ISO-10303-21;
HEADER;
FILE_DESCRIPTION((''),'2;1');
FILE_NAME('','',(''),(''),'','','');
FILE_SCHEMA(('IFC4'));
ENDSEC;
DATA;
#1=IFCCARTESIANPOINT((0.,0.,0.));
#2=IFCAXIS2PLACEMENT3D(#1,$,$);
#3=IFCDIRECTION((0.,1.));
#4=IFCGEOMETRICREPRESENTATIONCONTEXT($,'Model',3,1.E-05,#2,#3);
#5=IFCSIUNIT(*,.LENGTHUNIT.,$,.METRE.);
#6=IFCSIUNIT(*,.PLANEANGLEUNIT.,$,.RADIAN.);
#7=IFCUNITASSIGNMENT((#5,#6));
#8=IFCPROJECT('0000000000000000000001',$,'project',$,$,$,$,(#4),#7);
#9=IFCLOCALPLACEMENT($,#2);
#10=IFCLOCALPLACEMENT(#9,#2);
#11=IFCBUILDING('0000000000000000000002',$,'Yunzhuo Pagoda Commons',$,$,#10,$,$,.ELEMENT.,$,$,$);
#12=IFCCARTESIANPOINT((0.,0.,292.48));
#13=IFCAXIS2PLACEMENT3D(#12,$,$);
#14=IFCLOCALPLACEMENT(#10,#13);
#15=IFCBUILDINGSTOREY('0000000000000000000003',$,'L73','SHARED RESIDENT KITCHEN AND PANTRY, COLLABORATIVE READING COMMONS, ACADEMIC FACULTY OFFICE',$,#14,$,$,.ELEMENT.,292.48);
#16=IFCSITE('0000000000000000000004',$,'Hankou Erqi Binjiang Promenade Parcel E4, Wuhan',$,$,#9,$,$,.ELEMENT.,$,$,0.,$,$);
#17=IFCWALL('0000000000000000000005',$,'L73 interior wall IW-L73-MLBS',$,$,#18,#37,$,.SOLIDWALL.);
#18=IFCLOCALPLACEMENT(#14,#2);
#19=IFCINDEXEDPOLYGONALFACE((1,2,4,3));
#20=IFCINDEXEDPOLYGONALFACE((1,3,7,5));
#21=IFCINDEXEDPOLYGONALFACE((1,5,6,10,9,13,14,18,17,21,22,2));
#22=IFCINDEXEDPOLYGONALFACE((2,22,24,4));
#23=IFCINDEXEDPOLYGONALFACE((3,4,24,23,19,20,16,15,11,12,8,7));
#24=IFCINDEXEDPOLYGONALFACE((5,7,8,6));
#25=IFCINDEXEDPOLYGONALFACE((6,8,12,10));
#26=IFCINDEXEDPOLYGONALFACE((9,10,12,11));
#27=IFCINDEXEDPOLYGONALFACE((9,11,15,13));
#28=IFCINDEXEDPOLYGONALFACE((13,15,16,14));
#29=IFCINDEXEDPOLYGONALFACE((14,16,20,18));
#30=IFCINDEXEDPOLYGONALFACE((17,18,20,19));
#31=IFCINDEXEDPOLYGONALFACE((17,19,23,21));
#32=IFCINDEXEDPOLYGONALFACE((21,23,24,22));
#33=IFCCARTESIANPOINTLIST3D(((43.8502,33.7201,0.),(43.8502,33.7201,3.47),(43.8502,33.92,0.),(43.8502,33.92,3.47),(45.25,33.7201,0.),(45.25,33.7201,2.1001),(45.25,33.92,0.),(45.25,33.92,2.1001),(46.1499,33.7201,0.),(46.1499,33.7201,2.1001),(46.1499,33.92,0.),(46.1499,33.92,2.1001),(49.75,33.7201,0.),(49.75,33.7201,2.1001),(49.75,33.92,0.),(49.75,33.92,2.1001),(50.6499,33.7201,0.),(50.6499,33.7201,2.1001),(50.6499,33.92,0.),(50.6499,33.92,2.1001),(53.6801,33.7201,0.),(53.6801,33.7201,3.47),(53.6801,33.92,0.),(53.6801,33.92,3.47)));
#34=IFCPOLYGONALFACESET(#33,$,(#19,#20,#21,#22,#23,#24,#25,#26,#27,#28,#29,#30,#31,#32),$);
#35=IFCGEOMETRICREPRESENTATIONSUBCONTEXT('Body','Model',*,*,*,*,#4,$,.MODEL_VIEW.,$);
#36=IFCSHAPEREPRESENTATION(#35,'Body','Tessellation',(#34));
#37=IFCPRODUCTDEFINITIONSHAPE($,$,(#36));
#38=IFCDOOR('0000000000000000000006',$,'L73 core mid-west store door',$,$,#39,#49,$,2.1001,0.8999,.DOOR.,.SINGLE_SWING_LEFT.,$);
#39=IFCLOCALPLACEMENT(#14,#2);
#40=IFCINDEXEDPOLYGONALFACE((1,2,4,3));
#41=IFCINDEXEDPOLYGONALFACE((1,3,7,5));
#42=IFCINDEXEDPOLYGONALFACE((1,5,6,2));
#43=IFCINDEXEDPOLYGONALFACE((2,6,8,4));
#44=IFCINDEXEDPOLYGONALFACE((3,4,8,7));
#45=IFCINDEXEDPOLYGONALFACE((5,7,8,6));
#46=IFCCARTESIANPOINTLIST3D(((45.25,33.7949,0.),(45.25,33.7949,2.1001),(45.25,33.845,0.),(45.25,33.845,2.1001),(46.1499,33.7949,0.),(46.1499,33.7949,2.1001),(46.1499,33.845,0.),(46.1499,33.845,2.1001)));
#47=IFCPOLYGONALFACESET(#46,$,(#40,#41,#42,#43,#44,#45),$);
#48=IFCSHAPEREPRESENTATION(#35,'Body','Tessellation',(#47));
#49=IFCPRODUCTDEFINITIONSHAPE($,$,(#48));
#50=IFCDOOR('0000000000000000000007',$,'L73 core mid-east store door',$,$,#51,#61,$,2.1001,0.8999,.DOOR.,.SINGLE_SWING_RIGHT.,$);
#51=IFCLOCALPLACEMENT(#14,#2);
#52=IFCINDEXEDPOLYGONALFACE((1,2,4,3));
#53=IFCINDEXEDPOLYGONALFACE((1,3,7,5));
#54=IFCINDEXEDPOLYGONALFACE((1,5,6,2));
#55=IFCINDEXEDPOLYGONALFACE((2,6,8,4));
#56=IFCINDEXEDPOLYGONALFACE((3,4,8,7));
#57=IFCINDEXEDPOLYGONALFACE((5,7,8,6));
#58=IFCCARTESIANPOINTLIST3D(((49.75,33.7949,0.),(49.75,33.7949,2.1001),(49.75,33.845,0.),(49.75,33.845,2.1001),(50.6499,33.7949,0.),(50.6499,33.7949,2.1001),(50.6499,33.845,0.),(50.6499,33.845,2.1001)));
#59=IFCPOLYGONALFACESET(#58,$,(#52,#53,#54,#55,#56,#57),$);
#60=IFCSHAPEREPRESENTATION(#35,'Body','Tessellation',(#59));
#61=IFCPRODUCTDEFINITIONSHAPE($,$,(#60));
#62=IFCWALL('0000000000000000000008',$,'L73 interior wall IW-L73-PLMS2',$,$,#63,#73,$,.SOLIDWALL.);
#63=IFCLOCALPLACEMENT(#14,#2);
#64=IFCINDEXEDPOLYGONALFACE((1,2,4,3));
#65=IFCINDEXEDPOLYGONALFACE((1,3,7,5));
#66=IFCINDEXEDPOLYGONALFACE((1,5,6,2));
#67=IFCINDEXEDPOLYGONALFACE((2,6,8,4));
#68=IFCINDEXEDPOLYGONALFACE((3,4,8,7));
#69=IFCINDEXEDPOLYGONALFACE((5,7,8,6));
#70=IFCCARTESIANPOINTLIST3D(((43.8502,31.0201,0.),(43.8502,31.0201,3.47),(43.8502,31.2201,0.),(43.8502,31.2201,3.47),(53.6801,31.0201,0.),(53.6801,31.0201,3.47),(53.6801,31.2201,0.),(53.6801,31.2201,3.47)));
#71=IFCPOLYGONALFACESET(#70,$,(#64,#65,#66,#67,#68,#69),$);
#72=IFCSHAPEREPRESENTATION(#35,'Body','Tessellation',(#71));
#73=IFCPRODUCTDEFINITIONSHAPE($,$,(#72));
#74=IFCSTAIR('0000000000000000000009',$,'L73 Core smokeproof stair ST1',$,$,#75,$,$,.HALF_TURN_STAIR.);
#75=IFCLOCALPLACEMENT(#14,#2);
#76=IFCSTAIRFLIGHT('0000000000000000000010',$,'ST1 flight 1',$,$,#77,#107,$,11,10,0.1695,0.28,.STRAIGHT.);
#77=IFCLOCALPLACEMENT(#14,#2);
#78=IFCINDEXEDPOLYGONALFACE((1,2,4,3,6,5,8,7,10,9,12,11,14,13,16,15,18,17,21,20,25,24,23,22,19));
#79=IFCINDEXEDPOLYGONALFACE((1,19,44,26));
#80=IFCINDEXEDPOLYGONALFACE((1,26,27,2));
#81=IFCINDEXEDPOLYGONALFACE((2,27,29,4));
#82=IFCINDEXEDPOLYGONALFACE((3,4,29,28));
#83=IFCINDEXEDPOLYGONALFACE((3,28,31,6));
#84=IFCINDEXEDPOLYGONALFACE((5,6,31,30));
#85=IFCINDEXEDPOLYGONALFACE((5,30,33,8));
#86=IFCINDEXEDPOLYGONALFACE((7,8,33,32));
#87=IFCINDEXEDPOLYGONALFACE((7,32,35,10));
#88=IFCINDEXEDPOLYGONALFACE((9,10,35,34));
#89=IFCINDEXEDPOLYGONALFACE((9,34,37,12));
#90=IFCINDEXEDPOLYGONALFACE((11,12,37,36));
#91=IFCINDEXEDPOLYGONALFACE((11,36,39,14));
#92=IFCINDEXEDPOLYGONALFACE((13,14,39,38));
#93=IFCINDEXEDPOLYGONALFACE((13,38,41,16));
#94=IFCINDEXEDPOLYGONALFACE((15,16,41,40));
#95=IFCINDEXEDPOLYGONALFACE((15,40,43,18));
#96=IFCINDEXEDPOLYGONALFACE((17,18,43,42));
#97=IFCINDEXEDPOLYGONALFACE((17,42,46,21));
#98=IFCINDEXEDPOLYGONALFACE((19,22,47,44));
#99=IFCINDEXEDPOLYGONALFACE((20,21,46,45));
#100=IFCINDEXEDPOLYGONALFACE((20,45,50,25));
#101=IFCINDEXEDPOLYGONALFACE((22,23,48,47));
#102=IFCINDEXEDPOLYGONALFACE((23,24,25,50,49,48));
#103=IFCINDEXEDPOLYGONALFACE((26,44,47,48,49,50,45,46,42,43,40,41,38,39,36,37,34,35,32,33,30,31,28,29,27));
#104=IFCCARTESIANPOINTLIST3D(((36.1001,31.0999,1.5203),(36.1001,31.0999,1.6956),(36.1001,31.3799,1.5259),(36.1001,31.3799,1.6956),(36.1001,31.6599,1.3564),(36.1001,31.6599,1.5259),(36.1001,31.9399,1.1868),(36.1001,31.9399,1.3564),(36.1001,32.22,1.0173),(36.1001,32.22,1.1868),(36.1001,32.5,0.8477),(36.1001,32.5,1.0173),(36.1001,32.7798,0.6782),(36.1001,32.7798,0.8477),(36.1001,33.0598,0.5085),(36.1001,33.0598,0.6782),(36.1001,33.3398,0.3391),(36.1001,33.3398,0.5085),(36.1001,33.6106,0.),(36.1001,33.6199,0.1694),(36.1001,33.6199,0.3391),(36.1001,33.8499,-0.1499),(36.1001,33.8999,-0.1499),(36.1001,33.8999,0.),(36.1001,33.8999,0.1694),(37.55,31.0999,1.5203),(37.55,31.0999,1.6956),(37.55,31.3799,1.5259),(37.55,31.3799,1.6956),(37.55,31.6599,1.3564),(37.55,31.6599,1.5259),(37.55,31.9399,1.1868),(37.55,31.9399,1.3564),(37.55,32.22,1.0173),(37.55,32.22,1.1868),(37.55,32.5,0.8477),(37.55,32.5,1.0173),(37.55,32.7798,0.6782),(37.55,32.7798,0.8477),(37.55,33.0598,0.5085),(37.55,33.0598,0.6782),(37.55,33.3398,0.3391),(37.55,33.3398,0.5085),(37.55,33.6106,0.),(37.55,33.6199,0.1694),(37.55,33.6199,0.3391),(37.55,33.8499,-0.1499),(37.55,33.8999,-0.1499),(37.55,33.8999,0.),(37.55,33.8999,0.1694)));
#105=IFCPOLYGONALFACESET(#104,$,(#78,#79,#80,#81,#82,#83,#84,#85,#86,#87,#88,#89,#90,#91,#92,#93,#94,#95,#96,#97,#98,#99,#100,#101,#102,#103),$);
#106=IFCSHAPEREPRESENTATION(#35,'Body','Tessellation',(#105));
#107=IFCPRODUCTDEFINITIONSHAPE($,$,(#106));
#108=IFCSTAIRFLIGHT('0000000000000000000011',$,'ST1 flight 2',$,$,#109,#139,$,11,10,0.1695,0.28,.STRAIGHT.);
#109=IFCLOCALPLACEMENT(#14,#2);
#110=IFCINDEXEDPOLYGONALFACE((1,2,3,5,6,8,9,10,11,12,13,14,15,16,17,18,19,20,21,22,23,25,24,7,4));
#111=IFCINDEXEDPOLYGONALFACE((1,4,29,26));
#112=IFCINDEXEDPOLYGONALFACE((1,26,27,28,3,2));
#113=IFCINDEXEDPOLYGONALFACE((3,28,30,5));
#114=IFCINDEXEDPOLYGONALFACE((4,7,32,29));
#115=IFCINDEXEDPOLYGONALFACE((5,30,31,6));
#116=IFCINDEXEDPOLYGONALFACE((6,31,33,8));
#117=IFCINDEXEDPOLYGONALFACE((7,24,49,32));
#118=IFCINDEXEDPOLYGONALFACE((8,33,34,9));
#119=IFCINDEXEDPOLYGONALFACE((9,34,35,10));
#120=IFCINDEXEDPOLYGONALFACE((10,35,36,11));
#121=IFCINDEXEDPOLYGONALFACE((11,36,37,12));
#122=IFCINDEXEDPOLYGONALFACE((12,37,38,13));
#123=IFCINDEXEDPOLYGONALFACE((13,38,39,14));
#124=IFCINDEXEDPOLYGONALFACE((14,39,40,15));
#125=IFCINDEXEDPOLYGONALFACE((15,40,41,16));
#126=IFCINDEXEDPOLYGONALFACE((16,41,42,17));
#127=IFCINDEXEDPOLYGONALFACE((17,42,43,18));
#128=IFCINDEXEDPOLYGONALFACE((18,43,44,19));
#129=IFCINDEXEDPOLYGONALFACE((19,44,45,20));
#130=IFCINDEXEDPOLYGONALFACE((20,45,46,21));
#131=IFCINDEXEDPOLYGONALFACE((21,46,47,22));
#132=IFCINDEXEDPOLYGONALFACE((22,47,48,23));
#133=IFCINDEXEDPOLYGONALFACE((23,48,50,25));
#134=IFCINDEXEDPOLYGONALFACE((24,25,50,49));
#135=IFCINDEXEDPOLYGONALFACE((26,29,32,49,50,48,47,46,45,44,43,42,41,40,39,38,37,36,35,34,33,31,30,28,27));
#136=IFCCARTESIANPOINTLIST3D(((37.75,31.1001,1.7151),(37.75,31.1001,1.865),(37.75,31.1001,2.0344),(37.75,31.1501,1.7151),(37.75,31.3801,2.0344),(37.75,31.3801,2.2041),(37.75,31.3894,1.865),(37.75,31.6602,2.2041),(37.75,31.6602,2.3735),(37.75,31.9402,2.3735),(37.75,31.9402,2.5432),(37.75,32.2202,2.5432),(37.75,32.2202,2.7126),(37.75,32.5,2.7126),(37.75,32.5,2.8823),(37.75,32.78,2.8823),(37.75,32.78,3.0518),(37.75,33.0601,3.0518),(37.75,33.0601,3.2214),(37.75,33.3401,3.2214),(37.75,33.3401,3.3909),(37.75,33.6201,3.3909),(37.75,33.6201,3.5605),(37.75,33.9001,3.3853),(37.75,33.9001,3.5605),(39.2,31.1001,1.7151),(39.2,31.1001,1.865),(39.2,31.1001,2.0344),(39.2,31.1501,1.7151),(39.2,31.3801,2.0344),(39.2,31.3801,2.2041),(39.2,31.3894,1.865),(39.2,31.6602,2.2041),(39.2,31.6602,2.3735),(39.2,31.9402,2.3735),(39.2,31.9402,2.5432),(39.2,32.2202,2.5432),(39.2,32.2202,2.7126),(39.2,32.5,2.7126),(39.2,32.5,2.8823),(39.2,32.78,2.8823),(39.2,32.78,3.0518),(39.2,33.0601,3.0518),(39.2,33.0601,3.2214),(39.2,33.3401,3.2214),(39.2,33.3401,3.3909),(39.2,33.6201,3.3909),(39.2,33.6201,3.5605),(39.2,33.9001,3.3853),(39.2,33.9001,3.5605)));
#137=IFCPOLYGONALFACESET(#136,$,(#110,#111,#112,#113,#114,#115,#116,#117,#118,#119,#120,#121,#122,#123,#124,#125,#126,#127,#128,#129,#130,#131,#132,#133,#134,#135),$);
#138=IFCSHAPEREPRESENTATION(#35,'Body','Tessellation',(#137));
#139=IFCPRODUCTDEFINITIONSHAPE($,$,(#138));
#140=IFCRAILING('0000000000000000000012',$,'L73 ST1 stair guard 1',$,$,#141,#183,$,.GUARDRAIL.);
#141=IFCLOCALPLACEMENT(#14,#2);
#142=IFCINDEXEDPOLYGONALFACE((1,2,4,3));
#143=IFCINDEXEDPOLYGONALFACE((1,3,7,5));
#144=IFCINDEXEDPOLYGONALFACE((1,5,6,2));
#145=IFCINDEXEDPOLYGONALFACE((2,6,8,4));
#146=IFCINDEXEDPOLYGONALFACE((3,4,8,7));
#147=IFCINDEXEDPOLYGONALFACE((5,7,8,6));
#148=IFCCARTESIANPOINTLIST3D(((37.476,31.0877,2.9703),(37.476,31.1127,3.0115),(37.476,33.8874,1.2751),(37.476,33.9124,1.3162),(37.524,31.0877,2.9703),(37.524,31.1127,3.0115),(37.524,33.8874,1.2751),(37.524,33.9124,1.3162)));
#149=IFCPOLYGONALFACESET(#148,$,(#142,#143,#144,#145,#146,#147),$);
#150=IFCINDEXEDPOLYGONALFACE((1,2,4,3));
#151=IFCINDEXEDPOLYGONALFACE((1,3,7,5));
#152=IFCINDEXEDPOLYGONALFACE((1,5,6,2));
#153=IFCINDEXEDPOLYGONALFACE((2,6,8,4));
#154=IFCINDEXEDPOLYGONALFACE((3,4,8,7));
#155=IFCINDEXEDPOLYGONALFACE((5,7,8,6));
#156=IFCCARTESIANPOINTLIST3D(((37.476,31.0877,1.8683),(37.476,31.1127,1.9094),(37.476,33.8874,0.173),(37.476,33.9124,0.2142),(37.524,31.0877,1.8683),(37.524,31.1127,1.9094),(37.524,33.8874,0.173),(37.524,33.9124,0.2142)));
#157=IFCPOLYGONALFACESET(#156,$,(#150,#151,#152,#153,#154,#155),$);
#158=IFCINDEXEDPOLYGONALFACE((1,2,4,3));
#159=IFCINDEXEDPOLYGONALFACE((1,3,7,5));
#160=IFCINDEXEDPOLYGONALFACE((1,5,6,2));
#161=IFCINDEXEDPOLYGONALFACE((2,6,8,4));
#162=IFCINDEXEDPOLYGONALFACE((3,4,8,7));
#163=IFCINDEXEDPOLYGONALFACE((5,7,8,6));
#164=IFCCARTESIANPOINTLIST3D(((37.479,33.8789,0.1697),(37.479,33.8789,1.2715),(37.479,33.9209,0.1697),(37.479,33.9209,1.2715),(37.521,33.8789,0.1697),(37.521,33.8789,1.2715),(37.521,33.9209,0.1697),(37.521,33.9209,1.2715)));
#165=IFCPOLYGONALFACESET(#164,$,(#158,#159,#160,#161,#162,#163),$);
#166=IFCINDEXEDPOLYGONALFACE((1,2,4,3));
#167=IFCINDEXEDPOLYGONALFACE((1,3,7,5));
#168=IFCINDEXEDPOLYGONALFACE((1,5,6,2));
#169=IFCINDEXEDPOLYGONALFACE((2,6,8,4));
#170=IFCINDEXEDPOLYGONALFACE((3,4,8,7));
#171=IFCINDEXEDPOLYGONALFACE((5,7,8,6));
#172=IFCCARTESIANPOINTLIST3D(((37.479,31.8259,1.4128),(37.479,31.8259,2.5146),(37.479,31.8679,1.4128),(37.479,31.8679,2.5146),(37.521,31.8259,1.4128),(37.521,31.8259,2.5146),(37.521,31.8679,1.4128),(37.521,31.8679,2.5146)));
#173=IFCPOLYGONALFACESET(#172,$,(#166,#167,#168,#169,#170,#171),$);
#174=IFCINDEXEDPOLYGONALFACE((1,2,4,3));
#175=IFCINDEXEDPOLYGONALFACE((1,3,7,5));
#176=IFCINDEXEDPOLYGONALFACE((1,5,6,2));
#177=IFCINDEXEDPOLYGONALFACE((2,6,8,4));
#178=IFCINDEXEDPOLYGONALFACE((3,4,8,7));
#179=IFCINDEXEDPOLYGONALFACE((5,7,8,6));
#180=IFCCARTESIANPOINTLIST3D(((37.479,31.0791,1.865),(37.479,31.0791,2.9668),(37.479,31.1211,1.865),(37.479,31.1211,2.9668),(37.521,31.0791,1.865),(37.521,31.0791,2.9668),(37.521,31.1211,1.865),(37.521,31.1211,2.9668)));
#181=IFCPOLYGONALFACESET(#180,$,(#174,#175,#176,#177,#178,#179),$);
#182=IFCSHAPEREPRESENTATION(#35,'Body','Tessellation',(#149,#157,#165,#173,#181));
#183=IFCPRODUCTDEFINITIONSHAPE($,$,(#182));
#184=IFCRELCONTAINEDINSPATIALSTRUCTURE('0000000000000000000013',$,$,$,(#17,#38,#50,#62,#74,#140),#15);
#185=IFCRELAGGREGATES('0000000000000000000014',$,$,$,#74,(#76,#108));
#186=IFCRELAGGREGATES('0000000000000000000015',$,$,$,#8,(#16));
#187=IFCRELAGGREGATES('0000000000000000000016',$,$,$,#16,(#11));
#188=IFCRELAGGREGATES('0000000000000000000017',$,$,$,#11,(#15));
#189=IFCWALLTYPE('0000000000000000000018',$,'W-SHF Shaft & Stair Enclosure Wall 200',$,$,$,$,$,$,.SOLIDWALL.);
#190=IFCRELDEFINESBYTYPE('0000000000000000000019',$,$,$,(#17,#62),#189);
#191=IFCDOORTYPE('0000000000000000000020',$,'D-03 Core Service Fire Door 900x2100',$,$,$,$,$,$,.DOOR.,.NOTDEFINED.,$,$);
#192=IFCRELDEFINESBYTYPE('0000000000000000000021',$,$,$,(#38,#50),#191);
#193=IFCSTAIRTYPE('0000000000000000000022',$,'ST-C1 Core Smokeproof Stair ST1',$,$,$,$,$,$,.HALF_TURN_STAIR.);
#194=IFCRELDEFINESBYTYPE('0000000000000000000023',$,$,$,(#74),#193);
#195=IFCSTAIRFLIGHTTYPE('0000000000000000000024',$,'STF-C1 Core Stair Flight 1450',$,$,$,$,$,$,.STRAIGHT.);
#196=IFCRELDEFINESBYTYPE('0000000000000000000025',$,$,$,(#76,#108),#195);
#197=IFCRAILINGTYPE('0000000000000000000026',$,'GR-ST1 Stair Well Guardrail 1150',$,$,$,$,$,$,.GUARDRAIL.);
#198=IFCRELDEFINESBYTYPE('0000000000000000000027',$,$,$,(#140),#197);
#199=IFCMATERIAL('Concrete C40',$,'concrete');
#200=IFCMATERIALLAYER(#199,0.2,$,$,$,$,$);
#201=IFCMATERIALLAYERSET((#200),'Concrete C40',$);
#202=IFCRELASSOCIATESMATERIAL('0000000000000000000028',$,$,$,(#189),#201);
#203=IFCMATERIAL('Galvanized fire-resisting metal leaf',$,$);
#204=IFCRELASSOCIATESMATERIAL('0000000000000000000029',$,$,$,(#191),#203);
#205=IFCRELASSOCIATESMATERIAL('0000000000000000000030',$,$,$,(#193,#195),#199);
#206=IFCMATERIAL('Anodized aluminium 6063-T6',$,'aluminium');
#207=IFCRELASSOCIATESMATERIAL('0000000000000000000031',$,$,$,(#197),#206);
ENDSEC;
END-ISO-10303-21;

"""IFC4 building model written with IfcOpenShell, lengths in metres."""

from ifc_helpers import new_model, si_unit, direction, frame, frame_2d, origin, origin_with_axes, origin_2d, place, context, subcontext, project, spatial, polyline, rectangle, outline, extrude, source, transform, mapped, material, layer, layer_set, type_object, element, fill, aggregate, save


model = new_model("IFC4")

# Units and contexts
model_context = context("Model", 3, precision=1e-05, world=origin(), true_north=direction((0.0, 1.0)))
body_context = subcontext(model_context, "Body", "Model", "MODEL_VIEW")
ifc_project = project(units=[si_unit("LENGTHUNIT", "METRE"), si_unit("PLANEANGLEUNIT", "RADIAN")], contexts=[model_context])

# Site, building, storey
site_placement = place(None, origin())
site = spatial("IfcSite", under=ifc_project, at=site_placement, Name="Hankou Erqi Binjiang Promenade Parcel E4, Wuhan", CompositionType="ELEMENT", RefElevation=0.0)
building_placement = place(site_placement, origin())
building = spatial("IfcBuilding", under=site, at=building_placement, Name="Yunzhuo Pagoda Commons", CompositionType="ELEMENT")
storey_placement = place(building_placement, frame((0.0, 0.0, 292.48)))
storey = spatial("IfcBuildingStorey", under=building, at=storey_placement, Name="L73", Description="SHARED RESIDENT KITCHEN AND PANTRY, COLLABORATIVE READING COMMONS, ACADEMIC FACULTY OFFICE", CompositionType="ELEMENT", Elevation=292.48)

# Shared definitions
ifc_material_1 = material(Name="Galvanized fire-resisting metal leaf")

# Shared definitions
ifc_material_2 = material(Name="Concrete C40", Category="concrete")
ifc_layer_1 = layer(ifc_material_2, 0.2)
ifc_layer_set_1 = layer_set([ifc_layer_1], Name="Concrete C40")
wall_type_1 = type_object("IfcWallType", Name="W-SHF Shaft & Stair Enclosure Wall 200", PredefinedType="SOLIDWALL", material=ifc_layer_set_1)

# Shared definitions
door_type_1 = type_object("IfcDoorType", Name="D-03 Core Service Fire Door 900x2100", OperationType="NOTDEFINED", PredefinedType="DOOR", material=ifc_material_1)
shared_shape_1 = source(origin(), body_context, "Body", "SweptSolid", [
    extrude(rectangle(XDim=0.8999, YDim=2.1001, at=frame_2d((0.45, 1.05))), frame((0.0, 0.0249, 0.0), z_axis=(0.0, -1.0, 0.0), x_axis=(1.0, 0.0, 0.0)), (0.0, 0.0, 1.0), 0.05),
])

# Wall, openings, doors
wall_1_placement = place(storey_placement, frame((43.8501, 33.8201, 0.0), z_axis=(0.0, 0.0, 1.0), x_axis=(1.0, 0.0, 0.0)))
wall_1 = element("IfcWall", 1, at=wall_1_placement, inside=storey, type_object=wall_type_1, Name="L73 interior wall IW-L73-MLBS", PredefinedType="SOLIDWALL", context=body_context, shape_type="SweptSolid", body=[
    extrude(rectangle(XDim=9.8298, YDim=0.2, at=frame_2d((4.915, 0.0))), origin(), (0.0, 0.0, 1.0), 3.47),
])
opening_1_placement = place(wall_1_placement, frame((1.3999, 0.0, 0.0)))
opening_1 = element("IfcOpeningElement", 2, at=opening_1_placement, cuts=wall_1, PredefinedType="OPENING", context=body_context, shape_type="SweptSolid", body=[
    extrude(rectangle(XDim=0.8999, YDim=2.1001, at=frame_2d((0.45, 1.05))), frame((0.0, 0.1099, 0.0), z_axis=(0.0, -1.0, 0.0), x_axis=(1.0, 0.0, 0.0)), (0.0, 0.0, 1.0), 0.22),
])
opening_2_placement = place(wall_1_placement, frame((5.8999, 0.0, 0.0)))
opening_2 = element("IfcOpeningElement", 3, at=opening_2_placement, cuts=wall_1, PredefinedType="OPENING", context=body_context, shape_type="SweptSolid", body=[
    extrude(rectangle(XDim=0.8999, YDim=2.1001, at=frame_2d((0.45, 1.05))), frame((0.0, 0.1099, 0.0), z_axis=(0.0, -1.0, 0.0), x_axis=(1.0, 0.0, 0.0)), (0.0, 0.0, 1.0), 0.22),
])
door_1_placement = place(opening_1_placement, origin_with_axes())
door_1 = element("IfcDoor", 4, at=door_1_placement, inside=storey, type_object=door_type_1, Name="L73 core mid-west store door", OperationType="SINGLE_SWING_LEFT", OverallHeight=2.1001, OverallWidth=0.8999, PredefinedType="DOOR", context=body_context, shape_type="MappedRepresentation", body=[
    mapped(shared_shape_1, transform((0.0, 0.0, 0.0), scale=1.0)),
])
fill(opening_1, door_1)
door_2_placement = place(opening_2_placement, origin_with_axes())
door_2 = element("IfcDoor", 5, at=door_2_placement, inside=storey, type_object=door_type_1, Name="L73 core mid-east store door", OperationType="SINGLE_SWING_RIGHT", OverallHeight=2.1001, OverallWidth=0.8999, PredefinedType="DOOR", context=body_context, shape_type="MappedRepresentation", body=[
    mapped(shared_shape_1, transform((0.0, 0.0, 0.0), scale=1.0)),
])
fill(opening_2, door_2)

# Wall
wall_2_placement = place(storey_placement, frame((43.8501, 31.1201, 0.0), z_axis=(0.0, 0.0, 1.0), x_axis=(1.0, 0.0, 0.0)))
element("IfcWall", 6, at=wall_2_placement, inside=storey, type_object=wall_type_1, Name="L73 interior wall IW-L73-PLMS2", PredefinedType="SOLIDWALL", context=body_context, shape_type="SweptSolid", body=[
    extrude(rectangle(XDim=9.8298, YDim=0.2, at=frame_2d((4.915, 0.0))), origin(), (0.0, 0.0, 1.0), 3.47),
])

# Stair, stair flights
stair_type = type_object("IfcStairType", Name="ST-C1 Core Smokeproof Stair ST1", PredefinedType="HALF_TURN_STAIR", material=ifc_material_2)
stair_placement = place(storey_placement, origin())
stair = element("IfcStair", 7, at=stair_placement, inside=storey, type_object=stair_type, Name="L73 Core smokeproof stair ST1", PredefinedType="HALF_TURN_STAIR")
stair_flight_type = type_object("IfcStairFlightType", Name="STF-C1 Core Stair Flight 1450", PredefinedType="STRAIGHT", material=ifc_material_2)
shared_shape_2 = source(origin(), body_context, "Body", "SweptSolid", [
    extrude(outline(polyline([(0.0, -0.1499), (0.0, 0.0), (0.0, 0.1694), (0.28, 0.1694), (0.28, 0.3391), (0.5601, 0.3391), (0.5601, 0.5085), (0.8401, 0.5085), (0.8401, 0.6782), (1.1201, 0.6782), (1.1201, 0.8477), (1.3999, 0.8477), (1.3999, 1.0173), (1.6799, 1.0173), (1.6799, 1.1868), (1.96, 1.1868), (1.96, 1.3564), (2.24, 1.3564), (2.24, 1.5259), (2.52, 1.5259), (2.52, 1.6956), (2.8, 1.6956), (2.8, 1.865), (2.8, 1.5203), (0.2893, 0.0), (0.05, -0.1499), (0.0, -0.1499)])), frame((0.0, 0.7251, 0.0), z_axis=(0.0, -1.0, 0.0), x_axis=(1.0, 0.0, 0.0)), (0.0, 0.0, 1.0), 1.45),
])
stair_flight_1_placement = place(storey_placement, frame((36.825, 33.8999, 0.0), z_axis=(0.0, 0.0, 1.0), x_axis=(0.0, -1.0, 0.0)))
stair_flight_1 = element("IfcStairFlight", 8, at=stair_flight_1_placement, type_object=stair_flight_type, Name="ST1 flight 1", NumberOfRisers=11, NumberOfTreads=10, PredefinedType="STRAIGHT", RiserHeight=0.1695, TreadLength=0.28, context=body_context, shape_type="MappedRepresentation", body=[
    mapped(shared_shape_2, transform((0.0, 0.0, 0.0), scale=1.0)),
])
stair_flight_2_placement = place(storey_placement, frame((38.4751, 31.1001, 1.865), z_axis=(0.0, 0.0, 1.0), x_axis=(0.0, 1.0, 0.0)))
stair_flight_2 = element("IfcStairFlight", 9, at=stair_flight_2_placement, type_object=stair_flight_type, Name="ST1 flight 2", NumberOfRisers=11, NumberOfTreads=10, PredefinedType="STRAIGHT", RiserHeight=0.1695, TreadLength=0.28, context=body_context, shape_type="MappedRepresentation", body=[
    mapped(shared_shape_2, transform((0.0, 0.0, 0.0), scale=1.0)),
])
aggregate(stair, [stair_flight_1, stair_flight_2])

# Railing
ifc_material_3 = material(Name="Anodized aluminium 6063-T6", Category="aluminium")
railing_type_1 = type_object("IfcRailingType", Name="GR-ST1 Stair Well Guardrail 1150", PredefinedType="GUARDRAIL", material=ifc_material_3)
railing_1_placement = place(storey_placement, frame((37.5, 33.8999, 0.1697)))
element("IfcRailing", 10, at=railing_1_placement, inside=storey, type_object=railing_type_1, Name="L73 ST1 stair guard 1", PredefinedType="GUARDRAIL", context=body_context, shape_type="SweptSolid", body=[
    extrude(rectangle(XDim=0.0481, YDim=0.0481, at=origin_2d()), frame((0.0, 0.0, 1.126), z_axis=(0.0, -0.855406, 0.517958), x_axis=(1.0, 0.0, 0.0)), (0.0, 0.0, 1.0), 3.2729),
    extrude(rectangle(XDim=0.0481, YDim=0.0481, at=origin_2d()), frame((0.0, 0.0, 0.0239), z_axis=(0.0, -0.855406, 0.517958), x_axis=(1.0, 0.0, 0.0)), (0.0, 0.0, 1.0), 3.2729),
    extrude(rectangle(XDim=0.042, YDim=0.042, at=origin_2d()), origin(), (0.0, 0.0, 1.0), 1.1018),
    extrude(rectangle(XDim=0.042, YDim=0.042, at=origin_2d()), frame((0.0, -2.053, 1.2432)), (0.0, 0.0, 1.0), 1.1018),
    extrude(rectangle(XDim=0.042, YDim=0.042, at=origin_2d()), frame((0.0, -2.7998, 1.6953)), (0.0, 0.0, 1.0), 1.1018),
])

save(model, "model.ifc")
